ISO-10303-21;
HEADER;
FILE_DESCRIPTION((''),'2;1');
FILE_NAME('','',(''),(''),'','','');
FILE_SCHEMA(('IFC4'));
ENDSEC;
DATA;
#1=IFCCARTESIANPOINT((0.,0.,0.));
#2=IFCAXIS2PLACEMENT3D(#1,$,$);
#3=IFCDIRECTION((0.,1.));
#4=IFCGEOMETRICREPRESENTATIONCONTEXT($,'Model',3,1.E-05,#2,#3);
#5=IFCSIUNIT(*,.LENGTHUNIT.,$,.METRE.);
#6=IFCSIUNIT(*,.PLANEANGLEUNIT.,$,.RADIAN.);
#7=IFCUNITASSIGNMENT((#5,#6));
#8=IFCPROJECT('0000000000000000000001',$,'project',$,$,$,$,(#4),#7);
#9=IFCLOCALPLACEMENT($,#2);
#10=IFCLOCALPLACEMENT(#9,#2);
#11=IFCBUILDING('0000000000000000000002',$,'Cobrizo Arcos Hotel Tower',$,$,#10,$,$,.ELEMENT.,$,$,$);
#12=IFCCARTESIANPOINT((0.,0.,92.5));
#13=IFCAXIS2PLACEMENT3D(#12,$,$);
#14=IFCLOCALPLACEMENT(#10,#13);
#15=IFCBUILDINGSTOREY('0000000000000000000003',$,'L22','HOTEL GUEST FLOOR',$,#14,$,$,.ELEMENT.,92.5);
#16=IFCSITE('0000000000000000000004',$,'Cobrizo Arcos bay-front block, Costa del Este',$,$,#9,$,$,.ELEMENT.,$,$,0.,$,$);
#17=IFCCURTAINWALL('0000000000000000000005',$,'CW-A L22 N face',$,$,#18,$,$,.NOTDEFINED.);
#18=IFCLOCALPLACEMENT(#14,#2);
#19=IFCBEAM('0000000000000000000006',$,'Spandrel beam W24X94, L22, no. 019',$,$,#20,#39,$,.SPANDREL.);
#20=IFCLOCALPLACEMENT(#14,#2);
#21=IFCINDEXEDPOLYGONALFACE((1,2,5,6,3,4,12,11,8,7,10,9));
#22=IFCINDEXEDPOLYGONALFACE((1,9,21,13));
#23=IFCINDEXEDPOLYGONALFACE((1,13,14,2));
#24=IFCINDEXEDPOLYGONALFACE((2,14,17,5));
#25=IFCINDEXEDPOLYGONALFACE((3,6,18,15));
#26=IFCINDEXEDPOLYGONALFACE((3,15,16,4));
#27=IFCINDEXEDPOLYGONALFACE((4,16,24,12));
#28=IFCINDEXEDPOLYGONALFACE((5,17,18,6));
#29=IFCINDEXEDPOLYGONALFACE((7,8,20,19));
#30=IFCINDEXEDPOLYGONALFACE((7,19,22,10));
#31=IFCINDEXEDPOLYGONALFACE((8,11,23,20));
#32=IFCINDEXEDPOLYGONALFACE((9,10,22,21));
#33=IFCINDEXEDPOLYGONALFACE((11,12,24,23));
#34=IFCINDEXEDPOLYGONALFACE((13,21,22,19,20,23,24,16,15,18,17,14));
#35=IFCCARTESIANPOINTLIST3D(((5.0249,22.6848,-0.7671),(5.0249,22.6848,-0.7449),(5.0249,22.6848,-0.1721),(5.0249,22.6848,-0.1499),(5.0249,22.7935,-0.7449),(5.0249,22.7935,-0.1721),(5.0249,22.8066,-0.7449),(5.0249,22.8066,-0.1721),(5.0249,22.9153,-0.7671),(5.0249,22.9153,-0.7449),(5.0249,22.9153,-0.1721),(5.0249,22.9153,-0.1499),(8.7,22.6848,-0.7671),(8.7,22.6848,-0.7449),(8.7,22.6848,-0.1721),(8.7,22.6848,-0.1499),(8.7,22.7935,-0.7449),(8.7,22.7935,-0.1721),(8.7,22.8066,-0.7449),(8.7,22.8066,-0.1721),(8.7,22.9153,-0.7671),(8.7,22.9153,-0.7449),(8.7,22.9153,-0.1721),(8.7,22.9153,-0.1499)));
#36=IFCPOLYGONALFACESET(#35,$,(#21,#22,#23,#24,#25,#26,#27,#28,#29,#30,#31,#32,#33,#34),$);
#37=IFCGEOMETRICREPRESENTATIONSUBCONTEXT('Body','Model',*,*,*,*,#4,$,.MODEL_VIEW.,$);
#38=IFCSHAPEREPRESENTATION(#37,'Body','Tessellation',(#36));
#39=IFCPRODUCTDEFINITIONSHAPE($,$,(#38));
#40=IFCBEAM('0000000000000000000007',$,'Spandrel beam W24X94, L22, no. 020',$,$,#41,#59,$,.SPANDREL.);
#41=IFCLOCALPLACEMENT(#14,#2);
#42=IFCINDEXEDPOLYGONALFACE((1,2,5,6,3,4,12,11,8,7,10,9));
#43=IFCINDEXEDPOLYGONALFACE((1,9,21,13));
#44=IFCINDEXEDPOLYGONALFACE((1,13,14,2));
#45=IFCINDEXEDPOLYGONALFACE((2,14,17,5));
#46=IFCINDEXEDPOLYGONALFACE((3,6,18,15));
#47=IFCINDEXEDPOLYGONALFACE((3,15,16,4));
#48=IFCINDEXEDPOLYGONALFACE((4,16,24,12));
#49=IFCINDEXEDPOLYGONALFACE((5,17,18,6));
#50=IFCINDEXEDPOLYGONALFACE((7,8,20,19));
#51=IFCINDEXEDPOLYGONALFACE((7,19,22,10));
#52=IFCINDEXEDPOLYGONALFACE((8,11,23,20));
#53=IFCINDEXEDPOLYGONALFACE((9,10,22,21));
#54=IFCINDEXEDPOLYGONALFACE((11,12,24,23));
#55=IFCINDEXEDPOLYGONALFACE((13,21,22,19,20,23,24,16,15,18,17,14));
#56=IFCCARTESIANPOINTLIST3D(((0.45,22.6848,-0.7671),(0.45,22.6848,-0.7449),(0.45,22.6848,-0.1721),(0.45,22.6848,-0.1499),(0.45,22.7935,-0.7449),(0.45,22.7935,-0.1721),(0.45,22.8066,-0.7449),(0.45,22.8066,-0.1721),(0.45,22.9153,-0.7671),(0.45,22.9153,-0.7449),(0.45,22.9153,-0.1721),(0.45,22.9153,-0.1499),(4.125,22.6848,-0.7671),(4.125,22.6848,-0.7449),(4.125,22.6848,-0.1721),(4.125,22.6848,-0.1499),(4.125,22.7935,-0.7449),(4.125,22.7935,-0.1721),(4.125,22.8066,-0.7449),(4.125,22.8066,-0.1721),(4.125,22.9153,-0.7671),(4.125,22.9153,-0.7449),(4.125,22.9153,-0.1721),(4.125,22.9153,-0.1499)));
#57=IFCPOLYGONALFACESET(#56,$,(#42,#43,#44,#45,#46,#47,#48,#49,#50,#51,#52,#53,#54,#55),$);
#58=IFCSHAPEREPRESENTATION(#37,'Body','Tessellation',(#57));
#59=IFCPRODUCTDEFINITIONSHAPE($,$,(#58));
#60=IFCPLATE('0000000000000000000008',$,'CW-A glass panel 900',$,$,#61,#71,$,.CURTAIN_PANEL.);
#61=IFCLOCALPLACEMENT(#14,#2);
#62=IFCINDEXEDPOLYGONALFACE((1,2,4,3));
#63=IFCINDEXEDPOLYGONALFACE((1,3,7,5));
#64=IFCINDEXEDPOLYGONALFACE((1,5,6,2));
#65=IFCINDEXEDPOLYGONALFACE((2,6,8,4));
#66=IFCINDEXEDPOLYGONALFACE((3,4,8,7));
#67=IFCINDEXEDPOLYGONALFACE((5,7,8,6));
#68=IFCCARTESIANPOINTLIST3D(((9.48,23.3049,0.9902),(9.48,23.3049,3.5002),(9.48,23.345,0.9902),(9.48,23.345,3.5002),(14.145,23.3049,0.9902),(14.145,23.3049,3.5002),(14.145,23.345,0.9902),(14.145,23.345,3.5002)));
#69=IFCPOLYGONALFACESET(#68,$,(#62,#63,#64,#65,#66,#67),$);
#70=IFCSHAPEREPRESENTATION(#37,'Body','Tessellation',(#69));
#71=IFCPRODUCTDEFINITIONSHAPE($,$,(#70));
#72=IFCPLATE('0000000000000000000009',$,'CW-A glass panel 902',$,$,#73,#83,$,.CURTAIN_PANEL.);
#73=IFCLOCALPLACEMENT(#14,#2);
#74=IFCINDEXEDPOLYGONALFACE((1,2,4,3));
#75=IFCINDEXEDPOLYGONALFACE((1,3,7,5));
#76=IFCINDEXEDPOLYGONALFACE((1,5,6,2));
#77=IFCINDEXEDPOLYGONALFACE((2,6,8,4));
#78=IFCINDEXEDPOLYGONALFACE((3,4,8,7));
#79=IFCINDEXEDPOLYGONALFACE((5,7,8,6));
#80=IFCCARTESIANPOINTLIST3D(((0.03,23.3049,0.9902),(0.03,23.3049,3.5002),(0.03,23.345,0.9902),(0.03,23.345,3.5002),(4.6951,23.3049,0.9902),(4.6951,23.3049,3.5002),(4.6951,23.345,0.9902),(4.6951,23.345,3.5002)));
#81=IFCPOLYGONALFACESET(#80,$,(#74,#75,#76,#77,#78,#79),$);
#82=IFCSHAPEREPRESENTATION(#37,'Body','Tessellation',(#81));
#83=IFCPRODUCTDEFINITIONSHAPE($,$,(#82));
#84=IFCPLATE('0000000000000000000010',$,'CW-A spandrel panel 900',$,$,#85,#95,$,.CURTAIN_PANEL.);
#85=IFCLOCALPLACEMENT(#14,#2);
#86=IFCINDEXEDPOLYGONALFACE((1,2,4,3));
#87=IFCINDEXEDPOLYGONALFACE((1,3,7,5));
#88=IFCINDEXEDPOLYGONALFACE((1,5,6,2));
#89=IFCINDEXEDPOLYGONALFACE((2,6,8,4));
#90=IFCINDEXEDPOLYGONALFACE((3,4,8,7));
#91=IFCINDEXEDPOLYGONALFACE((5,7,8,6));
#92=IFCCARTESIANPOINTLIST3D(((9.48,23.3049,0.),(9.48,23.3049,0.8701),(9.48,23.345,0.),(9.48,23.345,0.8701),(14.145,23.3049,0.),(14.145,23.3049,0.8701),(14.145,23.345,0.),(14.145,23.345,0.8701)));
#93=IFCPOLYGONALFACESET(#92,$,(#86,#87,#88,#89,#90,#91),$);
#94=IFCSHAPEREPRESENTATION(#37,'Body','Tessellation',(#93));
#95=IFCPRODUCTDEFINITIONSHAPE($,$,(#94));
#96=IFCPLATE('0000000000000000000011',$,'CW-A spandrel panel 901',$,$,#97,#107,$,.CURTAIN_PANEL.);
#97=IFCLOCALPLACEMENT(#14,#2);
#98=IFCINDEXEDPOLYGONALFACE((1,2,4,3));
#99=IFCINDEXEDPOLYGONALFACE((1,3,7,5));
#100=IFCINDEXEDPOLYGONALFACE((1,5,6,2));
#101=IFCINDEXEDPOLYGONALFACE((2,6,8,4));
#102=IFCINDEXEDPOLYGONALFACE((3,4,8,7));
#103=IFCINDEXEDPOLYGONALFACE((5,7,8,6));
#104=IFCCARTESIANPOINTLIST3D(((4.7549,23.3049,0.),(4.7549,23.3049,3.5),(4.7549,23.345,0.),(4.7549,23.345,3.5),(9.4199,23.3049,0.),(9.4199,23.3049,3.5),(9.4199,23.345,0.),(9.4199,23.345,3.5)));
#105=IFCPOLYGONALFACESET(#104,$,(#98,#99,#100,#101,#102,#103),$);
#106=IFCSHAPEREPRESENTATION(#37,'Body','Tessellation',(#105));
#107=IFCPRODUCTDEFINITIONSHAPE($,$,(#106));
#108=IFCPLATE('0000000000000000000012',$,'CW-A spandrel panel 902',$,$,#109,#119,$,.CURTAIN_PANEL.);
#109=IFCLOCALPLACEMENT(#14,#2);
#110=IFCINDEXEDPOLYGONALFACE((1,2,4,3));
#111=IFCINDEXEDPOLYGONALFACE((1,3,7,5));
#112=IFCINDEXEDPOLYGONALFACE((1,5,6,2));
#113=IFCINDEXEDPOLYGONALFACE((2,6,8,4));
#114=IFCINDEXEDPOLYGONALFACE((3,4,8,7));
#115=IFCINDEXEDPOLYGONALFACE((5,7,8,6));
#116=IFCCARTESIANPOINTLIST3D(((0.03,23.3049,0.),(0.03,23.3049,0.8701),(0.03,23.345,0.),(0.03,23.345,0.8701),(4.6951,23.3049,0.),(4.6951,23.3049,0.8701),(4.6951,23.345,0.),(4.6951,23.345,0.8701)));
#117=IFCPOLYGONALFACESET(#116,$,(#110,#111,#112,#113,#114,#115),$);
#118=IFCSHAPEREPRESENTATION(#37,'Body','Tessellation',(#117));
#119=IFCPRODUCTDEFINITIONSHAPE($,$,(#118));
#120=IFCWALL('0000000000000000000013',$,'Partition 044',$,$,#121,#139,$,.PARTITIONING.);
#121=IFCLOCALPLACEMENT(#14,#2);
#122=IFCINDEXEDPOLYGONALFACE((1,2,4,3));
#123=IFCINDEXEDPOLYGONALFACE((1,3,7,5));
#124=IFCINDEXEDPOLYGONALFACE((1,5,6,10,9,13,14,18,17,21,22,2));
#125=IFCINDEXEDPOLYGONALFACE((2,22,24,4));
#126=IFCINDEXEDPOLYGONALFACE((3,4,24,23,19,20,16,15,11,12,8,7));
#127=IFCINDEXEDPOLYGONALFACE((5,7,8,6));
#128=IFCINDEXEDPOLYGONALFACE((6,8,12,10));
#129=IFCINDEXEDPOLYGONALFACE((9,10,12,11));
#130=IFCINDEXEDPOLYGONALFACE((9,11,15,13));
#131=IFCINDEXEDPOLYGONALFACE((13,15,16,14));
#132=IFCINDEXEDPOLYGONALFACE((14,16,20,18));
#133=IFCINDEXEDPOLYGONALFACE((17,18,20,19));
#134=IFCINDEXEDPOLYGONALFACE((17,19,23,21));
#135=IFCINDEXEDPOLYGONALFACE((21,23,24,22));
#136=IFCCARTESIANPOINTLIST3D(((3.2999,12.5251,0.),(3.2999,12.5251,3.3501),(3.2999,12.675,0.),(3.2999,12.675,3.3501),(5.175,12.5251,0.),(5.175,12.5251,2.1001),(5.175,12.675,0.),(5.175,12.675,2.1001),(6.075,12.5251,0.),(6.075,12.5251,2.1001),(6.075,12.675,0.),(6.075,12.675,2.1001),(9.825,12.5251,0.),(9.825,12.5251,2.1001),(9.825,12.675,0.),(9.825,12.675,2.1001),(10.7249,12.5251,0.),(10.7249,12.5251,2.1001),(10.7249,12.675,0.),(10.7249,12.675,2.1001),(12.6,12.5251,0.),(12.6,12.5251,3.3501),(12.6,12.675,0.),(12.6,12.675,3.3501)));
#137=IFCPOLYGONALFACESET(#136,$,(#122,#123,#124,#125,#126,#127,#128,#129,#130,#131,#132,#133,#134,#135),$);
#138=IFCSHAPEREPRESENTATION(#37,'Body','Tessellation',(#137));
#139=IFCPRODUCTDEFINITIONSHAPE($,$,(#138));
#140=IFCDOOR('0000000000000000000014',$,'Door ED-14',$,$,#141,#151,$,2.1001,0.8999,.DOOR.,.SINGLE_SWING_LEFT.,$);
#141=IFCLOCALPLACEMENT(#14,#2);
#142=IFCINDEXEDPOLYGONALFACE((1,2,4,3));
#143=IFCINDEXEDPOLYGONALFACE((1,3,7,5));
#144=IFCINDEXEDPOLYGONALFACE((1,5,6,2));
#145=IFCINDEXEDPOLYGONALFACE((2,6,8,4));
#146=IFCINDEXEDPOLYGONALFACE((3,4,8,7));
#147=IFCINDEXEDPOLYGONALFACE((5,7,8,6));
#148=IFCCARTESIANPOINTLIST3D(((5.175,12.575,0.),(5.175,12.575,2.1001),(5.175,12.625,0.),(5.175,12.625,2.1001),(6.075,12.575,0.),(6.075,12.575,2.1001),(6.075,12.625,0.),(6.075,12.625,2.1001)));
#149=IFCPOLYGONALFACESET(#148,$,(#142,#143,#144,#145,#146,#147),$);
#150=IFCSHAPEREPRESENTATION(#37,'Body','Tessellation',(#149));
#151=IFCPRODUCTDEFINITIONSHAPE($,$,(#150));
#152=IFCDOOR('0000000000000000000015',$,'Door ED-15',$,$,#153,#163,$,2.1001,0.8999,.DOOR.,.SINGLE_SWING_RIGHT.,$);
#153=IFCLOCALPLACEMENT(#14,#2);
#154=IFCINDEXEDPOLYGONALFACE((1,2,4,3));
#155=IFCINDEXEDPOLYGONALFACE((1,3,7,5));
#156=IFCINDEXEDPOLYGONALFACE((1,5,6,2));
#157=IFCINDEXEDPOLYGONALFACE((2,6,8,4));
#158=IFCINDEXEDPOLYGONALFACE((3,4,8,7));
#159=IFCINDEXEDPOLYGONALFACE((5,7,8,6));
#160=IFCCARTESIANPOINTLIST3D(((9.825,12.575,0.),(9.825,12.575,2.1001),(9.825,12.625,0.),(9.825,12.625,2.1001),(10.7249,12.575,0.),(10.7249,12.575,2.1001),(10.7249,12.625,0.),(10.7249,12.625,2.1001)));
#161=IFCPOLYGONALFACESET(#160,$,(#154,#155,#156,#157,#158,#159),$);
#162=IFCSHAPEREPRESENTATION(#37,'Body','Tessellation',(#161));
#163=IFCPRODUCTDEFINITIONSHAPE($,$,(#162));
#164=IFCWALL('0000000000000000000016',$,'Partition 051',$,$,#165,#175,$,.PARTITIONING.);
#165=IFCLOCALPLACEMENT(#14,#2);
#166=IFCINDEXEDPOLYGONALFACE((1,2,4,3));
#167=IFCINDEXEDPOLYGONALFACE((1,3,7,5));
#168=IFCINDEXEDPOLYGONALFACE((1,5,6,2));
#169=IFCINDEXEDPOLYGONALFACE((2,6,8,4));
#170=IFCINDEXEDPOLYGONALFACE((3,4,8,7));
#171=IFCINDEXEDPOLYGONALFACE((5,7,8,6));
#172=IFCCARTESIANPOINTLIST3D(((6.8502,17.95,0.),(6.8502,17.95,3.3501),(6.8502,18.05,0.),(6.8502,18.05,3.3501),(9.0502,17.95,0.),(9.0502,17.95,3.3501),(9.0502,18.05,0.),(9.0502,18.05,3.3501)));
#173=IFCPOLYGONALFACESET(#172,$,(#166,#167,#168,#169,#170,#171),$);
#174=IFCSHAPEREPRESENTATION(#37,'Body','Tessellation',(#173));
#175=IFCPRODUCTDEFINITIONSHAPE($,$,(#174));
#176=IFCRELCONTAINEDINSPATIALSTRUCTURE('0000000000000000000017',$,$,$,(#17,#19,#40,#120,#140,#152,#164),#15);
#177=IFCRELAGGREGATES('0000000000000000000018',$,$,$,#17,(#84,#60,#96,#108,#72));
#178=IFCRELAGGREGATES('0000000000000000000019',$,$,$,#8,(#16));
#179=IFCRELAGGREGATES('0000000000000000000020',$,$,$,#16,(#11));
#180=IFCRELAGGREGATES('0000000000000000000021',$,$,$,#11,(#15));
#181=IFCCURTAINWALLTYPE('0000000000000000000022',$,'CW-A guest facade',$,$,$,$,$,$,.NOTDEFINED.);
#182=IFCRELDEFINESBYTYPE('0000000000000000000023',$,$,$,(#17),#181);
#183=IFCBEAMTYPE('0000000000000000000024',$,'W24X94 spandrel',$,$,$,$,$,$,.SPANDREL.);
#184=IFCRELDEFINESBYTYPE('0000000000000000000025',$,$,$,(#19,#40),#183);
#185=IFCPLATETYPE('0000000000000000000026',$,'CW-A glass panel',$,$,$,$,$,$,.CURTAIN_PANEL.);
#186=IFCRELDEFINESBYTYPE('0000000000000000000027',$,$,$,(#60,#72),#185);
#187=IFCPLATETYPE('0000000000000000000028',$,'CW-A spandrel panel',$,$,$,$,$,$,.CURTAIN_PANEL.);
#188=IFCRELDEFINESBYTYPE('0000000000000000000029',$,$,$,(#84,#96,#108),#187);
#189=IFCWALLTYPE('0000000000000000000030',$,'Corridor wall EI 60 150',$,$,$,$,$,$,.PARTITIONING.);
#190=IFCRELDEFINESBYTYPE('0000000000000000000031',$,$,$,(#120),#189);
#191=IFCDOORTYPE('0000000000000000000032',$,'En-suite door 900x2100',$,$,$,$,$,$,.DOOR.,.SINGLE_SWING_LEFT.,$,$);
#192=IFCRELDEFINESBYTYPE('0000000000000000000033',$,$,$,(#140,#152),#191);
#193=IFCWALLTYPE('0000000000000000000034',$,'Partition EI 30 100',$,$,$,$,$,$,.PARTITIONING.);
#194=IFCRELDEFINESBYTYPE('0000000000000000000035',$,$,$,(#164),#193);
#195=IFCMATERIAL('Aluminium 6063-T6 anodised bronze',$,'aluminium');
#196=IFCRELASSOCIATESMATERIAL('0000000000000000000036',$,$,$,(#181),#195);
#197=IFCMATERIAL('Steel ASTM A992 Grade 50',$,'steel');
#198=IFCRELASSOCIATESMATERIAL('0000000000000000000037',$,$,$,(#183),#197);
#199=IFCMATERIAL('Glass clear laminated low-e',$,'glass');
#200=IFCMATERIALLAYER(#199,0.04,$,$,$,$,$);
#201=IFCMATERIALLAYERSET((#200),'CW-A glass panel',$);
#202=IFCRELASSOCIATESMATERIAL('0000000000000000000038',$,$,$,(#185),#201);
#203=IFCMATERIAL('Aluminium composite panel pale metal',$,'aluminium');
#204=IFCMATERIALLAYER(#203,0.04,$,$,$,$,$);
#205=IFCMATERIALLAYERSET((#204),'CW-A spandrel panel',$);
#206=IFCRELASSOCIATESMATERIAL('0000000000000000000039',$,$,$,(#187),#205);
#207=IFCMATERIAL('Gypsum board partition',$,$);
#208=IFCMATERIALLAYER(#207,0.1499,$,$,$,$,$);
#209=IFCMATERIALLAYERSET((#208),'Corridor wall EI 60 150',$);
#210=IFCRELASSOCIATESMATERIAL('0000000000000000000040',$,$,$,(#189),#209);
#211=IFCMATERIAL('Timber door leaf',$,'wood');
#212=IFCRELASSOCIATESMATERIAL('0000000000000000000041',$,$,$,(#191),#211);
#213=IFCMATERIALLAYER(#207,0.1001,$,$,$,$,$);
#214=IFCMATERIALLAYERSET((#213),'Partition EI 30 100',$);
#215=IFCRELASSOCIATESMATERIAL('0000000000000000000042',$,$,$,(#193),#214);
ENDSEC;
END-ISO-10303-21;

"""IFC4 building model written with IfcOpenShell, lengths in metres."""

from ifc_helpers import new_model, si_unit, direction, frame, frame_2d, origin, origin_2d, place, context, subcontext, project, spatial, rectangle, i_section, extrude, material, layer, layer_set, material_profile, profile_set, type_object, element, fill, aggregate, save


model = new_model("IFC4")

# Units and contexts
model_context = context("Model", 3, precision=1e-05, world=origin(), true_north=direction((0.0, 1.0)))
body_context = subcontext(model_context, "Body", "Model", "MODEL_VIEW")
ifc_project = project(units=[si_unit("LENGTHUNIT", "METRE"), si_unit("PLANEANGLEUNIT", "RADIAN")], contexts=[model_context])

# Site, building, storey
site_placement = place(None, origin())
site = spatial("IfcSite", under=ifc_project, at=site_placement, Name="Cobrizo Arcos bay-front block, Costa del Este", CompositionType="ELEMENT", RefElevation=0.0)
building_placement = place(site_placement, origin())
building = spatial("IfcBuilding", under=site, at=building_placement, Name="Cobrizo Arcos Hotel Tower", CompositionType="ELEMENT")
storey_placement = place(building_placement, frame((0.0, 0.0, 92.5)))
storey = spatial("IfcBuildingStorey", under=building, at=storey_placement, Name="L22", Description="HOTEL GUEST FLOOR", CompositionType="ELEMENT", Elevation=92.5)

# Curtain wall
ifc_material_1 = material(Name="Aluminium 6063-T6 anodised bronze", Category="aluminium")
curtain_wall_type = type_object("IfcCurtainWallType", Name="CW-A guest facade", PredefinedType="NOTDEFINED", material=ifc_material_1)
curtain_wall_placement = place(storey_placement, origin())
curtain_wall = element("IfcCurtainWall", 1, at=curtain_wall_placement, inside=storey, type_object=curtain_wall_type, Name="CW-A L22 N face", PredefinedType="NOTDEFINED")

# Beams
ifc_material_2 = material(Name="Steel ASTM A992 Grade 50", Category="steel")
ifc_material_profile_1 = material_profile(ifc_material_2, i_section(OverallWidth=0.2305, OverallDepth=0.6172, WebThickness=0.0132, FlangeThickness=0.0222, at=origin_2d()), Name="W24X94")
ifc_profile_set_1 = profile_set([ifc_material_profile_1], Name="Steel ASTM A992 Grade 50")
beam_type_1 = type_object("IfcBeamType", Name="W24X94 spandrel", PredefinedType="SPANDREL", material=ifc_profile_set_1)
for number, where, z_axis, x_axis, name in (
    (2, (8.7, 22.8, -0.4585), (-1.0, 0.0, 0.0), (0.0, -1.0, 0.0), "Spandrel beam W24X94, L22, no. 019"),
    (3, (4.125, 22.8, -0.4585), (-1.0, 0.0, 0.0), (0.0, -1.0, 0.0), "Spandrel beam W24X94, L22, no. 020"),
):
    element("IfcBeam", number, at=place(storey_placement, frame(where, z_axis=z_axis, x_axis=x_axis)), inside=storey, type_object=beam_type_1, Name=name, PredefinedType="SPANDREL", context=body_context, shape_type="SweptSolid", body=[
        extrude(i_section(OverallWidth=0.2305, OverallDepth=0.6172, WebThickness=0.0132, FlangeThickness=0.0222, at=origin_2d()), origin(), (0.0, 0.0, 1.0), 3.675),
    ])

# Plates
ifc_material_3 = material(Name="Glass clear laminated low-e", Category="glass")
ifc_layer_1 = layer(ifc_material_3, 0.04)
ifc_layer_set_1 = layer_set([ifc_layer_1], Name="CW-A glass panel")
plate_type_1 = type_object("IfcPlateType", Name="CW-A glass panel", PredefinedType="CURTAIN_PANEL", material=ifc_layer_set_1)
plate_1_placement = place(storey_placement, frame((11.8125, 23.325, 0.9902), z_axis=(0.0, 0.0, 1.0), x_axis=(-1.0, 0.0, 0.0)))
plate_1 = element("IfcPlate", 4, at=plate_1_placement, type_object=plate_type_1, Name="CW-A glass panel 900", PredefinedType="CURTAIN_PANEL", context=body_context, shape_type="SweptSolid", body=[
    extrude(rectangle(XDim=4.665, YDim=0.04, at=origin_2d()), origin(), (0.0, 0.0, 1.0), 2.51),
])
plate_2_placement = place(storey_placement, frame((2.3625, 23.325, 0.9902), z_axis=(0.0, 0.0, 1.0), x_axis=(-1.0, 0.0, 0.0)))
plate_2 = element("IfcPlate", 5, at=plate_2_placement, type_object=plate_type_1, Name="CW-A glass panel 902", PredefinedType="CURTAIN_PANEL", context=body_context, shape_type="SweptSolid", body=[
    extrude(rectangle(XDim=4.665, YDim=0.04, at=origin_2d()), origin(), (0.0, 0.0, 1.0), 2.51),
])
ifc_material_4 = material(Name="Aluminium composite panel pale metal", Category="aluminium")
ifc_layer_2 = layer(ifc_material_4, 0.04)
ifc_layer_set_2 = layer_set([ifc_layer_2], Name="CW-A spandrel panel")
plate_type_2 = type_object("IfcPlateType", Name="CW-A spandrel panel", PredefinedType="CURTAIN_PANEL", material=ifc_layer_set_2)
plate_3_placement = place(storey_placement, frame((11.8125, 23.325, 0.0), z_axis=(0.0, 0.0, 1.0), x_axis=(-1.0, 0.0, 0.0)))
plate_3 = element("IfcPlate", 6, at=plate_3_placement, type_object=plate_type_2, Name="CW-A spandrel panel 900", PredefinedType="CURTAIN_PANEL", context=body_context, shape_type="SweptSolid", body=[
    extrude(rectangle(XDim=4.665, YDim=0.04, at=origin_2d()), origin(), (0.0, 0.0, 1.0), 0.8701),
])
plate_4_placement = place(storey_placement, frame((7.0874, 23.325, 0.0), z_axis=(0.0, 0.0, 1.0), x_axis=(-1.0, 0.0, 0.0)))
plate_4 = element("IfcPlate", 7, at=plate_4_placement, type_object=plate_type_2, Name="CW-A spandrel panel 901", PredefinedType="CURTAIN_PANEL", context=body_context, shape_type="SweptSolid", body=[
    extrude(rectangle(XDim=4.665, YDim=0.04, at=origin_2d()), origin(), (0.0, 0.0, 1.0), 3.5),
])
plate_5_placement = place(storey_placement, frame((2.3625, 23.325, 0.0), z_axis=(0.0, 0.0, 1.0), x_axis=(-1.0, 0.0, 0.0)))
plate_5 = element("IfcPlate", 8, at=plate_5_placement, type_object=plate_type_2, Name="CW-A spandrel panel 902", PredefinedType="CURTAIN_PANEL", context=body_context, shape_type="SweptSolid", body=[
    extrude(rectangle(XDim=4.665, YDim=0.04, at=origin_2d()), origin(), (0.0, 0.0, 1.0), 0.8701),
])
aggregate(curtain_wall, [plate_3, plate_1, plate_4, plate_5, plate_2])

# Wall, openings, doors
ifc_material_5 = material(Name="Gypsum board partition")
ifc_layer_3 = layer(ifc_material_5, 0.1499)
ifc_layer_set_3 = layer_set([ifc_layer_3], Name="Corridor wall EI 60 150")
wall_type_1 = type_object("IfcWallType", Name="Corridor wall EI 60 150", PredefinedType="PARTITIONING", material=ifc_layer_set_3)
wall_1_placement = place(storey_placement, frame((3.3, 12.6001, 0.0), z_axis=(0.0, 0.0, 1.0), x_axis=(1.0, 0.0, 0.0)))
wall_1 = element("IfcWall", 9, at=wall_1_placement, inside=storey, type_object=wall_type_1, Name="Partition 044", PredefinedType="PARTITIONING", context=body_context, shape_type="SweptSolid", body=[
    extrude(rectangle(XDim=9.3, YDim=0.1499, at=frame_2d((4.6499, 0.0))), origin(), (0.0, 0.0, 1.0), 3.3501),
])
opening_1_placement = place(wall_1_placement, frame((1.875, 0.0, 0.0)))
opening_1 = element("IfcOpeningElement", 10, at=opening_1_placement, cuts=wall_1, PredefinedType="OPENING", context=body_context, shape_type="SweptSolid", body=[
    extrude(rectangle(XDim=0.8999, YDim=2.1001, at=frame_2d((0.45, 1.05))), frame((0.0, 0.0869, 0.0), z_axis=(0.0, -1.0, 0.0), x_axis=(1.0, 0.0, 0.0)), (0.0, 0.0, 1.0), 0.1738),
])
opening_2_placement = place(wall_1_placement, frame((6.5249, 0.0, 0.0)))
opening_2 = element("IfcOpeningElement", 11, at=opening_2_placement, cuts=wall_1, PredefinedType="OPENING", context=body_context, shape_type="SweptSolid", body=[
    extrude(rectangle(XDim=0.8999, YDim=2.1001, at=frame_2d((0.45, 1.05))), frame((0.0, 0.0869, 0.0), z_axis=(0.0, -1.0, 0.0), x_axis=(1.0, 0.0, 0.0)), (0.0, 0.0, 1.0), 0.1738),
])
ifc_material_6 = material(Name="Timber door leaf", Category="wood")
door_type_1 = type_object("IfcDoorType", Name="En-suite door 900x2100", OperationType="SINGLE_SWING_LEFT", PredefinedType="DOOR", material=ifc_material_6)
door_1_placement = place(opening_1_placement, origin())
door_1 = element("IfcDoor", 12, at=door_1_placement, inside=storey, type_object=door_type_1, Name="Door ED-14", OperationType="SINGLE_SWING_LEFT", OverallHeight=2.1001, OverallWidth=0.8999, PredefinedType="DOOR", context=body_context, shape_type="SweptSolid", body=[
    extrude(rectangle(XDim=0.8999, YDim=2.1001, at=frame_2d((0.45, 1.05))), frame((0.0, 0.0249, 0.0), z_axis=(0.0, -1.0, 0.0), x_axis=(1.0, 0.0, 0.0)), (0.0, 0.0, 1.0), 0.05),
])
fill(opening_1, door_1)
door_2_placement = place(opening_2_placement, origin())
door_2 = element("IfcDoor", 13, at=door_2_placement, inside=storey, type_object=door_type_1, Name="Door ED-15", OperationType="SINGLE_SWING_RIGHT", OverallHeight=2.1001, OverallWidth=0.8999, PredefinedType="DOOR", context=body_context, shape_type="SweptSolid", body=[
    extrude(rectangle(XDim=0.8999, YDim=2.1001, at=frame_2d((0.45, 1.05))), frame((0.0, 0.0249, 0.0), z_axis=(0.0, -1.0, 0.0), x_axis=(1.0, 0.0, 0.0)), (0.0, 0.0, 1.0), 0.05),
])
fill(opening_2, door_2)

# Wall
ifc_layer_4 = layer(ifc_material_5, 0.1001)
ifc_layer_set_4 = layer_set([ifc_layer_4], Name="Partition EI 30 100")
wall_type_2 = type_object("IfcWallType", Name="Partition EI 30 100", PredefinedType="PARTITIONING", material=ifc_layer_set_4)
wall_2_placement = place(storey_placement, frame((6.8501, 18.0, 0.0), z_axis=(0.0, 0.0, 1.0), x_axis=(1.0, 0.0, 0.0)))
element("IfcWall", 14, at=wall_2_placement, inside=storey, type_object=wall_type_2, Name="Partition 051", PredefinedType="PARTITIONING", context=body_context, shape_type="SweptSolid", body=[
    extrude(rectangle(XDim=2.2, YDim=0.1001, at=frame_2d((1.1001, 0.0))), origin(), (0.0, 0.0, 1.0), 3.3501),
])

save(model, "model.ifc")
